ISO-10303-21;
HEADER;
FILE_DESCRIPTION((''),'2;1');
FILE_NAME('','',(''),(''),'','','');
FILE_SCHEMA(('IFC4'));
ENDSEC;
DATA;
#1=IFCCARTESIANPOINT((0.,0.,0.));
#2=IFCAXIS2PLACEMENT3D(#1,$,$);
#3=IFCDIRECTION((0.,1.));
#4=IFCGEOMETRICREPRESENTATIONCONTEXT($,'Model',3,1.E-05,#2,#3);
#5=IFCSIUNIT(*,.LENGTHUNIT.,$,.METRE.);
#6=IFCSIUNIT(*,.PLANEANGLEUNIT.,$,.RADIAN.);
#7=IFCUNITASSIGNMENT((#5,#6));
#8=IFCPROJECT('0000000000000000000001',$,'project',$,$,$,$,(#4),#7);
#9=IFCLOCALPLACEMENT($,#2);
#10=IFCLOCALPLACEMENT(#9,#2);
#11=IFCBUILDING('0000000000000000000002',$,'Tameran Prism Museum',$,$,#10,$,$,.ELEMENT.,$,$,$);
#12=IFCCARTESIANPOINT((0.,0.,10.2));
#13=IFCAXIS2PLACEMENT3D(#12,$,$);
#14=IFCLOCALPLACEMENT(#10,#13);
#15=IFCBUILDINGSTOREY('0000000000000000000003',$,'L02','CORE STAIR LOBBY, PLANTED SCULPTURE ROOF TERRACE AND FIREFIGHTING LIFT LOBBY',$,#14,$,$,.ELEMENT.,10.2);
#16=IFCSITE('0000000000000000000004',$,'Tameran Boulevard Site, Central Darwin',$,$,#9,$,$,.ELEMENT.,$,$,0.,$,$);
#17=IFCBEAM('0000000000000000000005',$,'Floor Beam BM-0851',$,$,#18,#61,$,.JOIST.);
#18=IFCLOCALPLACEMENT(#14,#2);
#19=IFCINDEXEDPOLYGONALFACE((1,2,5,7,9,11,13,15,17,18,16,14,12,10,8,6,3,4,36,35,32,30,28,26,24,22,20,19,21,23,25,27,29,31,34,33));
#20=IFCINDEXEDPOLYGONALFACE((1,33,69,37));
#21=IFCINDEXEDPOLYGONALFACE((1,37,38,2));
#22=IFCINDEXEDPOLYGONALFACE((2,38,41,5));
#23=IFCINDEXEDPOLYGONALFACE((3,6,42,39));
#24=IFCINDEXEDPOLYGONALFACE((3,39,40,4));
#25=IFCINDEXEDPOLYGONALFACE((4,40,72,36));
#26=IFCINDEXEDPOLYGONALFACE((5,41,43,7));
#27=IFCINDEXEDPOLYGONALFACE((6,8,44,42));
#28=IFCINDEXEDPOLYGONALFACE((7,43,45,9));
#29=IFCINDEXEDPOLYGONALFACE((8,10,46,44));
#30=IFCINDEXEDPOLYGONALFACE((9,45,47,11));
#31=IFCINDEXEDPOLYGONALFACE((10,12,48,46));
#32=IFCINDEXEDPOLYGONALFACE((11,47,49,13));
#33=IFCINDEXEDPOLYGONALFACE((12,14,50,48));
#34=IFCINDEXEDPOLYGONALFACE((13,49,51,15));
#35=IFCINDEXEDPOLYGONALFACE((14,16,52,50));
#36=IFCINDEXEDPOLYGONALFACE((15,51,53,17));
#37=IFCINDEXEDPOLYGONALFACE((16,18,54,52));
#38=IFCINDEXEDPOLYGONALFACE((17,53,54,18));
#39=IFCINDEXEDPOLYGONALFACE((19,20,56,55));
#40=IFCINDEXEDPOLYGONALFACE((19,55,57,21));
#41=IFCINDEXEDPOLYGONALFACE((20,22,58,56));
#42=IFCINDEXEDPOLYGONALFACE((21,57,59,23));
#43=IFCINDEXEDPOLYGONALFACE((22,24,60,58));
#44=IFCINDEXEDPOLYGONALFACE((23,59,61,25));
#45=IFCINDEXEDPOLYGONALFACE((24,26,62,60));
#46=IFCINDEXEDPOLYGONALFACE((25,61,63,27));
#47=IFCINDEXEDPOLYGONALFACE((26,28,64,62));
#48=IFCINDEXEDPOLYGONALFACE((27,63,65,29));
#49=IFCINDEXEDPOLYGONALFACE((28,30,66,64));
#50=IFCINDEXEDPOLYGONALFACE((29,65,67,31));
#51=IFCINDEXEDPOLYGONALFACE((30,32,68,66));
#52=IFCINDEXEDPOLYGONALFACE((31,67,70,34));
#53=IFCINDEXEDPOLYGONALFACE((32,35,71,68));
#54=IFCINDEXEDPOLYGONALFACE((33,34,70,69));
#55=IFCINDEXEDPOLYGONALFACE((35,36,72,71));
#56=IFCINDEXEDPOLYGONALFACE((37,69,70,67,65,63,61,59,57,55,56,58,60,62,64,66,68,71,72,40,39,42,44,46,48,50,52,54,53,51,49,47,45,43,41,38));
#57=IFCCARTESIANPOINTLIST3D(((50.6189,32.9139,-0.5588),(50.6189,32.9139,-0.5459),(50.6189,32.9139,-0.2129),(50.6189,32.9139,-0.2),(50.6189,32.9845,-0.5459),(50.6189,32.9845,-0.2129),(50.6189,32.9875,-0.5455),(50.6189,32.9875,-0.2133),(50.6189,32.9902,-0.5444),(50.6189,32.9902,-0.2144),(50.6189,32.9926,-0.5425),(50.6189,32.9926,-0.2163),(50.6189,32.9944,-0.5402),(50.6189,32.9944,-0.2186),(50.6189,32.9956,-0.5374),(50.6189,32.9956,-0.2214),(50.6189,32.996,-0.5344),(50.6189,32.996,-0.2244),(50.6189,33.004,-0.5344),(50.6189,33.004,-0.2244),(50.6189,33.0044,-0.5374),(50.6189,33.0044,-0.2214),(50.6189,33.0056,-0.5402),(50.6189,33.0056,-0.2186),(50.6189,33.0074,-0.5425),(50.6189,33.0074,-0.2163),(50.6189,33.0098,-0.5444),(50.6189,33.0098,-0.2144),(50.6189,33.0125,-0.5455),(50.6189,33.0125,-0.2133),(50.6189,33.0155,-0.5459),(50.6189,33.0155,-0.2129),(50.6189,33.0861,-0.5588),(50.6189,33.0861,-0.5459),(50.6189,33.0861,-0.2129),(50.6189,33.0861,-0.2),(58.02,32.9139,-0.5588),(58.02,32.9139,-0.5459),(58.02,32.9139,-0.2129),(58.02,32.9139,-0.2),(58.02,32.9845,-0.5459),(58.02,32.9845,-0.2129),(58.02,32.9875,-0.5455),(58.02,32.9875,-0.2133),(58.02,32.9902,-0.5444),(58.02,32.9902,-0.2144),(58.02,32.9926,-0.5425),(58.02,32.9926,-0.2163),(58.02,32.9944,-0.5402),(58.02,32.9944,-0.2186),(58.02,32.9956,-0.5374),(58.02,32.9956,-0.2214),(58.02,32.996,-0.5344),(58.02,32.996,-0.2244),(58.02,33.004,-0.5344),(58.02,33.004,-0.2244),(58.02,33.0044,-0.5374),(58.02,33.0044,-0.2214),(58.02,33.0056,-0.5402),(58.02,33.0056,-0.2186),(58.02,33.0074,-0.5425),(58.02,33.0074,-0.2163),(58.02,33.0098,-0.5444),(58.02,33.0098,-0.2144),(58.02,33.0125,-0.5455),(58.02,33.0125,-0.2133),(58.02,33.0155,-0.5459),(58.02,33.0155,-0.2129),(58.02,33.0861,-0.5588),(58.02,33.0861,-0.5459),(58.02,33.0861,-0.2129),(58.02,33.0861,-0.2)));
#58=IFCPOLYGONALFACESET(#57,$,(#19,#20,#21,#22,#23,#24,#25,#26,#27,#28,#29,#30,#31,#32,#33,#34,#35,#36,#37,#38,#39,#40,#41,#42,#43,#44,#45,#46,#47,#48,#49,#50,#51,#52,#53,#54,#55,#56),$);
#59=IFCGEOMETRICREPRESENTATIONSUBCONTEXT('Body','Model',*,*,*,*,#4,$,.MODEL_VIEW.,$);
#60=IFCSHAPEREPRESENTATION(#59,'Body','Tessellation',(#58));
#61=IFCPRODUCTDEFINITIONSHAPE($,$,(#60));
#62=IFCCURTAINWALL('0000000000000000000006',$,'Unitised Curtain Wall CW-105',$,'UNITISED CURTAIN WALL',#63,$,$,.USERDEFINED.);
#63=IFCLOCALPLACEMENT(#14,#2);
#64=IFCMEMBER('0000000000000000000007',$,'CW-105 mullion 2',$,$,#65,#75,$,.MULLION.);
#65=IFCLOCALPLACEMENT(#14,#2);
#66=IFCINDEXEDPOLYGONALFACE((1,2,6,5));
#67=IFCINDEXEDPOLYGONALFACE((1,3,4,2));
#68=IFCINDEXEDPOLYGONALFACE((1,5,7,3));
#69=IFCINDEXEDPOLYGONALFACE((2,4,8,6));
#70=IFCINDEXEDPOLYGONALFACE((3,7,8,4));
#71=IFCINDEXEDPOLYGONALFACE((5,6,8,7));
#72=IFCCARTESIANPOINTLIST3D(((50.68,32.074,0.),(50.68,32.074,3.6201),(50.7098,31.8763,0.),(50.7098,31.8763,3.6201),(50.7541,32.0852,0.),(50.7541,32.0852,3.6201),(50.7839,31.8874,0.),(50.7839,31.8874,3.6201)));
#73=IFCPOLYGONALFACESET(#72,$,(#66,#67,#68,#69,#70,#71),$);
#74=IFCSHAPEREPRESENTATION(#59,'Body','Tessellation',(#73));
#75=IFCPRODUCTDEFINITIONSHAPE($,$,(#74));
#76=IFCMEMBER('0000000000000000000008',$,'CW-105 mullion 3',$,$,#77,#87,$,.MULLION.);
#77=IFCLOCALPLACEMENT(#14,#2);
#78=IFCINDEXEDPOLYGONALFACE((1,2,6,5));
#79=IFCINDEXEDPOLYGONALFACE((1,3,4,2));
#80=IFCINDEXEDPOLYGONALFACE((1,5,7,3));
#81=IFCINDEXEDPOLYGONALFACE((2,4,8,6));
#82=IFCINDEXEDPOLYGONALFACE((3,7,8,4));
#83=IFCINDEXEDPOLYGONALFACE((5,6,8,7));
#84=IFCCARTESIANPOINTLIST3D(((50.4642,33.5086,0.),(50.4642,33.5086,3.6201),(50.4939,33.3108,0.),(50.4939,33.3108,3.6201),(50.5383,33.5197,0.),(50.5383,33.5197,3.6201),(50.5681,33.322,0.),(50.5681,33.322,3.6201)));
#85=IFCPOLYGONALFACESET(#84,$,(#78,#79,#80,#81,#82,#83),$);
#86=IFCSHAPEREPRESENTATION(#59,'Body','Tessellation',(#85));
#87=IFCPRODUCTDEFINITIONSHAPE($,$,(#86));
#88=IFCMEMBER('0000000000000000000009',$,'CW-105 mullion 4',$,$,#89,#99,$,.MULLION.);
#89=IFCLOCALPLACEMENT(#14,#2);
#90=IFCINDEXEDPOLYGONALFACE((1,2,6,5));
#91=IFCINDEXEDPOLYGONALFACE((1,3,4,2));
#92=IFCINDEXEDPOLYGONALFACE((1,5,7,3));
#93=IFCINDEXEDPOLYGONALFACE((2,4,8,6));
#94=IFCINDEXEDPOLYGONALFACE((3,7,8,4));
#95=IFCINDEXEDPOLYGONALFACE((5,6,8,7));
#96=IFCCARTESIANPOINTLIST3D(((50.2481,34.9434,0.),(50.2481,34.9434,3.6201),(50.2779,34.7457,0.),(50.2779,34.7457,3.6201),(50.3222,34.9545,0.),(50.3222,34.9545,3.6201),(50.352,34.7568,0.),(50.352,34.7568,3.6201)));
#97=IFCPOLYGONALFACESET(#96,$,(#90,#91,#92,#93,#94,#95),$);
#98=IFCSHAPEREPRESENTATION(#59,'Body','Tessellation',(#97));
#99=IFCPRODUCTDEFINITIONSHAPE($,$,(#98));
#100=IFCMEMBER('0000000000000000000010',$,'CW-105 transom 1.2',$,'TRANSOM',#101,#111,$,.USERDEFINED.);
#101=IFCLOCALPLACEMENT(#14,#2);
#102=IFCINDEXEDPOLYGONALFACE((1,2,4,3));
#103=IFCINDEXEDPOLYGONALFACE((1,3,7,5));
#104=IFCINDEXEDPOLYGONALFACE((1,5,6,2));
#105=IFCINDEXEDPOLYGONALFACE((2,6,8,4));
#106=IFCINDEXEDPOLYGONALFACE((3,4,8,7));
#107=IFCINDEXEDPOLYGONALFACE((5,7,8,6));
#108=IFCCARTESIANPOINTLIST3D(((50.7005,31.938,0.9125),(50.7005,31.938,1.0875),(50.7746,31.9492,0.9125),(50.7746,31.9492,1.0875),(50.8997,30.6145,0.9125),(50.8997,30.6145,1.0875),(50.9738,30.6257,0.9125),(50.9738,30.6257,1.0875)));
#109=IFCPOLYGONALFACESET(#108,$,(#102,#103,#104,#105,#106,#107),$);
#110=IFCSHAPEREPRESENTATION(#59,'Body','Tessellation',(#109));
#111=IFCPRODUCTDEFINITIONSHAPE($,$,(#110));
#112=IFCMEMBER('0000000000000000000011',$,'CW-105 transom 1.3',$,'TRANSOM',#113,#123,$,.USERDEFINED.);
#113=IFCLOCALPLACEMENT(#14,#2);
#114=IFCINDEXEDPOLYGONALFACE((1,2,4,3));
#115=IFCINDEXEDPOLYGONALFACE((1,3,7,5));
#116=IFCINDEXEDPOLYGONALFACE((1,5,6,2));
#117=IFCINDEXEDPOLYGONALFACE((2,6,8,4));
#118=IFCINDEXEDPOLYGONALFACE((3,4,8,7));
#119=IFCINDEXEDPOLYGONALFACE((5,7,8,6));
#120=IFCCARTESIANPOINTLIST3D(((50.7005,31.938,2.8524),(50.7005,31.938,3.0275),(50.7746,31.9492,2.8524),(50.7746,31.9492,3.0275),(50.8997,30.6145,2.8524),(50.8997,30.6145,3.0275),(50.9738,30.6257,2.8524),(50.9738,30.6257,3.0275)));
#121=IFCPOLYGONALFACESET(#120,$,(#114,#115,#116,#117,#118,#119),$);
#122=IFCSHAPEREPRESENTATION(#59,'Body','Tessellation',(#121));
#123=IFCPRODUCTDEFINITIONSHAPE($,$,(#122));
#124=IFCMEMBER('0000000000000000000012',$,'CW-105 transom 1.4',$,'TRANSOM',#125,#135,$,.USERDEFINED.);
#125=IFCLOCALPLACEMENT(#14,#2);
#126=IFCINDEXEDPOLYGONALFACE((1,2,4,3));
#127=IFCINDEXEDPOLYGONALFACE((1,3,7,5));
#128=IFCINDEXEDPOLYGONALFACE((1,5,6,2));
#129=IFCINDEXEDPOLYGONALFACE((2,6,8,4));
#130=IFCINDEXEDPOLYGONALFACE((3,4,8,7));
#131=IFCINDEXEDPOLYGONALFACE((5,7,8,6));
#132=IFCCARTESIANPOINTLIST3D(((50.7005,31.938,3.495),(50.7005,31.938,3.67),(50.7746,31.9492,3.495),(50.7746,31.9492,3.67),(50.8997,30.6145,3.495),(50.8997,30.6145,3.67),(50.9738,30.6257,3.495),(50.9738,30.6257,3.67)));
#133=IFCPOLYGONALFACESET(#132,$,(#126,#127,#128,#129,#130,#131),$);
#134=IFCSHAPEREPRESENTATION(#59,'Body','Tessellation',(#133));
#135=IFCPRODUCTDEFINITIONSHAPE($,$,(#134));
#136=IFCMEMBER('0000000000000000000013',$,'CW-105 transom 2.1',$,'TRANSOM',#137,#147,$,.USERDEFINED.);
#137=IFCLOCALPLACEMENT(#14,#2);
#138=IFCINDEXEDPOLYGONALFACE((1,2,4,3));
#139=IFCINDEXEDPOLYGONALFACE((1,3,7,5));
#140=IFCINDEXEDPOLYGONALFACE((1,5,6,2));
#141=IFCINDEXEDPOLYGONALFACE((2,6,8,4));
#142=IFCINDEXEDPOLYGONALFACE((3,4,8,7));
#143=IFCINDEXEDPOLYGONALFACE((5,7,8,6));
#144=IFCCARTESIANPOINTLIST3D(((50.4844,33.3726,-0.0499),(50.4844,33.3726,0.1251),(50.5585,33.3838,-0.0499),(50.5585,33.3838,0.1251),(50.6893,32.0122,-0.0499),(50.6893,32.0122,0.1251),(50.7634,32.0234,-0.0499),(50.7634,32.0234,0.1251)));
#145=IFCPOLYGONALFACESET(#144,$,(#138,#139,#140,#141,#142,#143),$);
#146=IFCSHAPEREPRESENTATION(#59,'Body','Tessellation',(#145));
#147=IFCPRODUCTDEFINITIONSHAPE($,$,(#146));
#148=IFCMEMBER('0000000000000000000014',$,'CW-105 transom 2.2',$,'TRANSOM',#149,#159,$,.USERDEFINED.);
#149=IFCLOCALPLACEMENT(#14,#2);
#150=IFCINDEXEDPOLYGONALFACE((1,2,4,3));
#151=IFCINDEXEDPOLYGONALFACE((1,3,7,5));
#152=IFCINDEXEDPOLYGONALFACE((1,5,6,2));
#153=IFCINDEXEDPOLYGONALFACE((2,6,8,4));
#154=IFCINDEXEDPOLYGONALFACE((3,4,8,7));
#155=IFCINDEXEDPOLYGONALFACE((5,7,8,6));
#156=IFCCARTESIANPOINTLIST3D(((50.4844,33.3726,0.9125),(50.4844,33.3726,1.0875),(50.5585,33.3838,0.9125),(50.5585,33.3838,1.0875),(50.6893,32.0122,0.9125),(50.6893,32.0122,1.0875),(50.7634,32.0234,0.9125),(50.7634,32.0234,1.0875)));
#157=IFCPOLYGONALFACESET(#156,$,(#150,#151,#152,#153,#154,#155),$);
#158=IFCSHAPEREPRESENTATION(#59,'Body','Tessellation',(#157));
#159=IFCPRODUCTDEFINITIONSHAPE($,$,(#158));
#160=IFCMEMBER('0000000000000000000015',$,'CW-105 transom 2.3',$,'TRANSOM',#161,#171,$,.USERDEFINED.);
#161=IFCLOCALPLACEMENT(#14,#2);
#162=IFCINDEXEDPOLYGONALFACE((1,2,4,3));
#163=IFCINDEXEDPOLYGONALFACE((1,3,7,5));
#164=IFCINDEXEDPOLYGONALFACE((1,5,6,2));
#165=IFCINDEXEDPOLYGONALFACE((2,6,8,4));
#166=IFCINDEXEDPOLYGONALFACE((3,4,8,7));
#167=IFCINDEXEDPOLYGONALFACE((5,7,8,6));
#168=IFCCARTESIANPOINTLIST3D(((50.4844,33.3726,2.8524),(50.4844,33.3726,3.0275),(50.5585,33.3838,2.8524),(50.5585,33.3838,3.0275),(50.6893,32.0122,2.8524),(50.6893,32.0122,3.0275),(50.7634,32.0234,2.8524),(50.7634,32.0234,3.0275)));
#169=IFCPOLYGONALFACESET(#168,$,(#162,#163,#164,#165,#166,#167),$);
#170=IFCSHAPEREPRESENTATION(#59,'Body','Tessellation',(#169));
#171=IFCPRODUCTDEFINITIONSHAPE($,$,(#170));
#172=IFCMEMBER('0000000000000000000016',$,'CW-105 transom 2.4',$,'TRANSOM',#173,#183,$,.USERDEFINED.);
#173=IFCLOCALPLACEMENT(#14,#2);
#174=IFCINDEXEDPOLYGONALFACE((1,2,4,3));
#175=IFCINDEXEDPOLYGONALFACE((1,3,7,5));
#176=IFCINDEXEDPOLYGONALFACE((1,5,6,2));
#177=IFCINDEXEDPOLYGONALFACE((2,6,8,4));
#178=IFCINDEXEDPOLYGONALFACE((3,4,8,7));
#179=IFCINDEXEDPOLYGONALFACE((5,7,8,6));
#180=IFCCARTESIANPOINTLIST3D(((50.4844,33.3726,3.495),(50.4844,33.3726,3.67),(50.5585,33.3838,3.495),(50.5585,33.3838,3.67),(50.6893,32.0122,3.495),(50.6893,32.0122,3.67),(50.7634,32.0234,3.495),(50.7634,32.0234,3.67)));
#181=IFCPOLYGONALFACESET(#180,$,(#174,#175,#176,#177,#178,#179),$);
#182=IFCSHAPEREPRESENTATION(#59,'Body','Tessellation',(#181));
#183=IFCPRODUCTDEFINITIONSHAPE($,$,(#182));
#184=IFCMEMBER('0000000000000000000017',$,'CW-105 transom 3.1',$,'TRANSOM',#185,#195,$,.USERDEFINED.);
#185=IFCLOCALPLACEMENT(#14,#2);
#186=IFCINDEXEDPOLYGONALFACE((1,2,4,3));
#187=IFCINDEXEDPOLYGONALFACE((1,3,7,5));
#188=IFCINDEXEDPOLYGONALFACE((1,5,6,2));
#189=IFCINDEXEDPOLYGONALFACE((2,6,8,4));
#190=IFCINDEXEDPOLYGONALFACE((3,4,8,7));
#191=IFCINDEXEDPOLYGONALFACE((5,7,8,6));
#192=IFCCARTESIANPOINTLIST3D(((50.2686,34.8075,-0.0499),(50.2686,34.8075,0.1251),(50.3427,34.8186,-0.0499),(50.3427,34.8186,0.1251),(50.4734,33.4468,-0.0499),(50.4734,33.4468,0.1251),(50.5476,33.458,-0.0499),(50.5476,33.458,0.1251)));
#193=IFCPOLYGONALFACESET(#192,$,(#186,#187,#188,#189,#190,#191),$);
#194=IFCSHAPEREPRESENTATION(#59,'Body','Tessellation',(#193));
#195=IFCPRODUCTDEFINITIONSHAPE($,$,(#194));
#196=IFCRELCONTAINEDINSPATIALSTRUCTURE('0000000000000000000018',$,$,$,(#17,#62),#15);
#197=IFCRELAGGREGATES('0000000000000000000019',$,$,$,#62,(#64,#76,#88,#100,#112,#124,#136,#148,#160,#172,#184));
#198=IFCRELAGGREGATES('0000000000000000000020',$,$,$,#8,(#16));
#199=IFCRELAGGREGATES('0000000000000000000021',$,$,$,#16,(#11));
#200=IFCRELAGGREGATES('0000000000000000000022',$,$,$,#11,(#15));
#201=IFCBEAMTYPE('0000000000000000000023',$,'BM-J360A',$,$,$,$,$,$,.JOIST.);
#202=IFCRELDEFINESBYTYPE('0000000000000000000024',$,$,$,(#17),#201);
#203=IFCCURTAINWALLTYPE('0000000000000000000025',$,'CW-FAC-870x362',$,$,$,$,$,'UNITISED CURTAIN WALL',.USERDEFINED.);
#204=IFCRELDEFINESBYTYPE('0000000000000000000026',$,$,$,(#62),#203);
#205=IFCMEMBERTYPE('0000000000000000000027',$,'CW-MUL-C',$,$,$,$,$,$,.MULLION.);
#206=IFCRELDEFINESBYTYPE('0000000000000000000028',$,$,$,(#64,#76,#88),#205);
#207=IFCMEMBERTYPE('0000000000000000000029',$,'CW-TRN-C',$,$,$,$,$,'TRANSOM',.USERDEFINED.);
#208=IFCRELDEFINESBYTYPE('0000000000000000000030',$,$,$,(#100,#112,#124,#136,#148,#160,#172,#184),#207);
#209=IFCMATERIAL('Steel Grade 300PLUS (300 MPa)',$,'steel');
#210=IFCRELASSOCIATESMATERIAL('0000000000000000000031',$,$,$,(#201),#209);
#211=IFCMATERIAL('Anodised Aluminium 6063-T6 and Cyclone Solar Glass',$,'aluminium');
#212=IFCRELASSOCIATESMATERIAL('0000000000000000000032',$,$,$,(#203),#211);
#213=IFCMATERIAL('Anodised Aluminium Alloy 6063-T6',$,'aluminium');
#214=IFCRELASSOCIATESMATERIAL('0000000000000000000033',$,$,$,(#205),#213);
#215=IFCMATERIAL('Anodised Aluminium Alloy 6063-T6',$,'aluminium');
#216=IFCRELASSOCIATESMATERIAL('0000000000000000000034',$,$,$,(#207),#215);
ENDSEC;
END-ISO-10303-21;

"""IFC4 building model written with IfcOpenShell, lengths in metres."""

from ifc_helpers import new_model, si_unit, direction, frame, origin, origin_2d, place, context, subcontext, project, spatial, rectangle, i_section, extrude, material, material_profile, profile_set, type_object, element, aggregate, save


model = new_model("IFC4")

# Units and contexts
model_context = context("Model", 3, precision=1e-05, world=origin(), true_north=direction((0.0, 1.0)))
body_context = subcontext(model_context, "Body", "Model", "MODEL_VIEW")
ifc_project = project(units=[si_unit("LENGTHUNIT", "METRE"), si_unit("PLANEANGLEUNIT", "RADIAN")], contexts=[model_context])

# Site, building, storey
site_placement = place(None, origin())
site = spatial("IfcSite", under=ifc_project, at=site_placement, Name="Tameran Boulevard Site, Central Darwin", CompositionType="ELEMENT", RefElevation=0.0)
building_placement = place(site_placement, origin())
building = spatial("IfcBuilding", under=site, at=building_placement, Name="Tameran Prism Museum", CompositionType="ELEMENT")
storey_placement = place(building_placement, frame((0.0, 0.0, 10.2)))
storey = spatial("IfcBuildingStorey", under=building, at=storey_placement, Name="L02", Description="CORE STAIR LOBBY, PLANTED SCULPTURE ROOF TERRACE AND FIREFIGHTING LIFT LOBBY", CompositionType="ELEMENT", Elevation=10.2)

# Beam
ifc_material_1 = material(Name="Steel Grade 300PLUS (300 MPa)", Category="steel")
ifc_material_profile_1 = material_profile(ifc_material_1, i_section(OverallWidth=0.1721, OverallDepth=0.3589, WebThickness=0.0081, FlangeThickness=0.0129, FilletRadius=0.0115, at=origin_2d()))
ifc_profile_set_1 = profile_set([ifc_material_profile_1])
beam_type = type_object("IfcBeamType", Name="BM-J360A", PredefinedType="JOIST", material=ifc_profile_set_1)
beam_placement = place(storey_placement, frame((50.6189, 33.0, -0.3794), z_axis=(1.0, 0.0, 0.0), x_axis=(0.0, 1.0, 0.0)))
element("IfcBeam", 1, at=beam_placement, inside=storey, type_object=beam_type, Name="Floor Beam BM-0851", PredefinedType="JOIST", context=body_context, shape_type="SweptSolid", body=[
    extrude(i_section(OverallWidth=0.1721, OverallDepth=0.3589, WebThickness=0.0081, FlangeThickness=0.0129, FilletRadius=0.0115, at=origin_2d()), origin(), (0.0, 0.0, 1.0), 7.4011),
])

# Curtain wall, members
ifc_material_2 = material(Name="Anodised Aluminium 6063-T6 and Cyclone Solar Glass", Category="aluminium")
curtain_wall_type = type_object("IfcCurtainWallType", Name="CW-FAC-870x362", ElementType="UNITISED CURTAIN WALL", PredefinedType="USERDEFINED", material=ifc_material_2)
curtain_wall_placement = place(storey_placement, origin())
curtain_wall = element("IfcCurtainWall", 2, at=curtain_wall_placement, inside=storey, type_object=curtain_wall_type, Name="Unitised Curtain Wall CW-105", ObjectType="UNITISED CURTAIN WALL", PredefinedType="USERDEFINED")
ifc_material_3 = material(Name="Anodised Aluminium Alloy 6063-T6", Category="aluminium")
ifc_material_profile_2 = material_profile(ifc_material_3, rectangle(XDim=0.075, YDim=0.2, at=origin_2d()))
ifc_profile_set_2 = profile_set([ifc_material_profile_2])
member_type_1 = type_object("IfcMemberType", Name="CW-MUL-C", PredefinedType="MULLION", material=ifc_profile_set_2)
member_1_placement = place(storey_placement, frame((50.7319, 31.9807, 0.0), z_axis=(0.0, 0.0, 1.0), x_axis=(-0.988855, -0.14888, 0.0)))
member_1 = element("IfcMember", 3, at=member_1_placement, type_object=member_type_1, Name="CW-105 mullion 2", PredefinedType="MULLION", context=body_context, shape_type="SweptSolid", body=[
    extrude(rectangle(XDim=0.075, YDim=0.2, at=origin_2d()), origin(), (0.0, 0.0, 1.0), 3.6201),
])
member_2_placement = place(storey_placement, frame((50.5161, 33.4153, 0.0), z_axis=(0.0, 0.0, 1.0), x_axis=(-0.988855, -0.14888, 0.0)))
member_2 = element("IfcMember", 4, at=member_2_placement, type_object=member_type_1, Name="CW-105 mullion 3", PredefinedType="MULLION", context=body_context, shape_type="SweptSolid", body=[
    extrude(rectangle(XDim=0.075, YDim=0.2, at=origin_2d()), origin(), (0.0, 0.0, 1.0), 3.6201),
])
member_3_placement = place(storey_placement, frame((50.3, 34.8501, 0.0), z_axis=(0.0, 0.0, 1.0), x_axis=(-0.988855, -0.14888, 0.0)))
member_3 = element("IfcMember", 5, at=member_3_placement, type_object=member_type_1, Name="CW-105 mullion 4", PredefinedType="MULLION", context=body_context, shape_type="SweptSolid", body=[
    extrude(rectangle(XDim=0.075, YDim=0.2, at=origin_2d()), origin(), (0.0, 0.0, 1.0), 3.6201),
])
ifc_material_4 = material(Name="Anodised Aluminium Alloy 6063-T6", Category="aluminium")
ifc_material_profile_3 = material_profile(ifc_material_4, rectangle(XDim=0.075, YDim=0.175, at=origin_2d()))
ifc_profile_set_3 = profile_set([ifc_material_profile_3])
member_type_2 = type_object("IfcMemberType", Name="CW-TRN-C", ElementType="TRANSOM", PredefinedType="USERDEFINED", material=ifc_profile_set_3)
member_4_placement = place(storey_placement, frame((50.9368, 30.6201, 1.0), z_axis=(-0.148849, 0.98886, 0.0), x_axis=(-0.98886, -0.148849, 0.0)))
member_4 = element("IfcMember", 6, at=member_4_placement, type_object=member_type_2, Name="CW-105 transom 1.2", ObjectType="TRANSOM", PredefinedType="USERDEFINED", context=body_context, shape_type="SweptSolid", body=[
    extrude(rectangle(XDim=0.075, YDim=0.175, at=origin_2d()), origin(), (0.0, 0.0, 1.0), 1.3384),
])
member_5_placement = place(storey_placement, frame((50.9368, 30.6201, 2.9399), z_axis=(-0.148849, 0.98886, 0.0), x_axis=(-0.98886, -0.148849, 0.0)))
member_5 = element("IfcMember", 7, at=member_5_placement, type_object=member_type_2, Name="CW-105 transom 1.3", ObjectType="TRANSOM", PredefinedType="USERDEFINED", context=body_context, shape_type="SweptSolid", body=[
    extrude(rectangle(XDim=0.075, YDim=0.175, at=origin_2d()), origin(), (0.0, 0.0, 1.0), 1.3384),
])
member_6_placement = place(storey_placement, frame((50.9368, 30.6201, 3.5825), z_axis=(-0.148849, 0.98886, 0.0), x_axis=(-0.98886, -0.148849, 0.0)))
member_6 = element("IfcMember", 8, at=member_6_placement, type_object=member_type_2, Name="CW-105 transom 1.4", ObjectType="TRANSOM", PredefinedType="USERDEFINED", context=body_context, shape_type="SweptSolid", body=[
    extrude(rectangle(XDim=0.075, YDim=0.175, at=origin_2d()), origin(), (0.0, 0.0, 1.0), 1.3384),
])
member_7_placement = place(storey_placement, frame((50.7263, 32.0178, 0.0376), z_axis=(-0.148896, 0.988853, 0.0), x_axis=(-0.988853, -0.148896, 0.0)))
member_7 = element("IfcMember", 9, at=member_7_placement, type_object=member_type_2, Name="CW-105 transom 2.1", ObjectType="TRANSOM", PredefinedType="USERDEFINED", context=body_context, shape_type="SweptSolid", body=[
    extrude(rectangle(XDim=0.075, YDim=0.175, at=origin_2d()), origin(), (0.0, 0.0, 1.0), 1.3757),
])
member_8_placement = place(storey_placement, frame((50.7263, 32.0178, 1.0), z_axis=(-0.148896, 0.988853, 0.0), x_axis=(-0.988853, -0.148896, 0.0)))
member_8 = element("IfcMember", 10, at=member_8_placement, type_object=member_type_2, Name="CW-105 transom 2.2", ObjectType="TRANSOM", PredefinedType="USERDEFINED", context=body_context, shape_type="SweptSolid", body=[
    extrude(rectangle(XDim=0.075, YDim=0.175, at=origin_2d()), origin(), (0.0, 0.0, 1.0), 1.3757),
])
member_9_placement = place(storey_placement, frame((50.7263, 32.0178, 2.9399), z_axis=(-0.148896, 0.988853, 0.0), x_axis=(-0.988853, -0.148896, 0.0)))
member_9 = element("IfcMember", 11, at=member_9_placement, type_object=member_type_2, Name="CW-105 transom 2.3", ObjectType="TRANSOM", PredefinedType="USERDEFINED", context=body_context, shape_type="SweptSolid", body=[
    extrude(rectangle(XDim=0.075, YDim=0.175, at=origin_2d()), origin(), (0.0, 0.0, 1.0), 1.3757),
])
member_10_placement = place(storey_placement, frame((50.7263, 32.0178, 3.5825), z_axis=(-0.148896, 0.988853, 0.0), x_axis=(-0.988853, -0.148896, 0.0)))
member_10 = element("IfcMember", 12, at=member_10_placement, type_object=member_type_2, Name="CW-105 transom 2.4", ObjectType="TRANSOM", PredefinedType="USERDEFINED", context=body_context, shape_type="SweptSolid", body=[
    extrude(rectangle(XDim=0.075, YDim=0.175, at=origin_2d()), origin(), (0.0, 0.0, 1.0), 1.3757),
])
member_11_placement = place(storey_placement, frame((50.5105, 33.4524, 0.0376), z_axis=(-0.14887, 0.988857, 0.0), x_axis=(-0.988857, -0.14887, 0.0)))
member_11 = element("IfcMember", 13, at=member_11_placement, type_object=member_type_2, Name="CW-105 transom 3.1", ObjectType="TRANSOM", PredefinedType="USERDEFINED", context=body_context, shape_type="SweptSolid", body=[
    extrude(rectangle(XDim=0.075, YDim=0.175, at=origin_2d()), origin(), (0.0, 0.0, 1.0), 1.376),
])
aggregate(curtain_wall, [member_1, member_2, member_3, member_4, member_5, member_6, member_7, member_8, member_9, member_10, member_11])

save(model, "model.ifc")
